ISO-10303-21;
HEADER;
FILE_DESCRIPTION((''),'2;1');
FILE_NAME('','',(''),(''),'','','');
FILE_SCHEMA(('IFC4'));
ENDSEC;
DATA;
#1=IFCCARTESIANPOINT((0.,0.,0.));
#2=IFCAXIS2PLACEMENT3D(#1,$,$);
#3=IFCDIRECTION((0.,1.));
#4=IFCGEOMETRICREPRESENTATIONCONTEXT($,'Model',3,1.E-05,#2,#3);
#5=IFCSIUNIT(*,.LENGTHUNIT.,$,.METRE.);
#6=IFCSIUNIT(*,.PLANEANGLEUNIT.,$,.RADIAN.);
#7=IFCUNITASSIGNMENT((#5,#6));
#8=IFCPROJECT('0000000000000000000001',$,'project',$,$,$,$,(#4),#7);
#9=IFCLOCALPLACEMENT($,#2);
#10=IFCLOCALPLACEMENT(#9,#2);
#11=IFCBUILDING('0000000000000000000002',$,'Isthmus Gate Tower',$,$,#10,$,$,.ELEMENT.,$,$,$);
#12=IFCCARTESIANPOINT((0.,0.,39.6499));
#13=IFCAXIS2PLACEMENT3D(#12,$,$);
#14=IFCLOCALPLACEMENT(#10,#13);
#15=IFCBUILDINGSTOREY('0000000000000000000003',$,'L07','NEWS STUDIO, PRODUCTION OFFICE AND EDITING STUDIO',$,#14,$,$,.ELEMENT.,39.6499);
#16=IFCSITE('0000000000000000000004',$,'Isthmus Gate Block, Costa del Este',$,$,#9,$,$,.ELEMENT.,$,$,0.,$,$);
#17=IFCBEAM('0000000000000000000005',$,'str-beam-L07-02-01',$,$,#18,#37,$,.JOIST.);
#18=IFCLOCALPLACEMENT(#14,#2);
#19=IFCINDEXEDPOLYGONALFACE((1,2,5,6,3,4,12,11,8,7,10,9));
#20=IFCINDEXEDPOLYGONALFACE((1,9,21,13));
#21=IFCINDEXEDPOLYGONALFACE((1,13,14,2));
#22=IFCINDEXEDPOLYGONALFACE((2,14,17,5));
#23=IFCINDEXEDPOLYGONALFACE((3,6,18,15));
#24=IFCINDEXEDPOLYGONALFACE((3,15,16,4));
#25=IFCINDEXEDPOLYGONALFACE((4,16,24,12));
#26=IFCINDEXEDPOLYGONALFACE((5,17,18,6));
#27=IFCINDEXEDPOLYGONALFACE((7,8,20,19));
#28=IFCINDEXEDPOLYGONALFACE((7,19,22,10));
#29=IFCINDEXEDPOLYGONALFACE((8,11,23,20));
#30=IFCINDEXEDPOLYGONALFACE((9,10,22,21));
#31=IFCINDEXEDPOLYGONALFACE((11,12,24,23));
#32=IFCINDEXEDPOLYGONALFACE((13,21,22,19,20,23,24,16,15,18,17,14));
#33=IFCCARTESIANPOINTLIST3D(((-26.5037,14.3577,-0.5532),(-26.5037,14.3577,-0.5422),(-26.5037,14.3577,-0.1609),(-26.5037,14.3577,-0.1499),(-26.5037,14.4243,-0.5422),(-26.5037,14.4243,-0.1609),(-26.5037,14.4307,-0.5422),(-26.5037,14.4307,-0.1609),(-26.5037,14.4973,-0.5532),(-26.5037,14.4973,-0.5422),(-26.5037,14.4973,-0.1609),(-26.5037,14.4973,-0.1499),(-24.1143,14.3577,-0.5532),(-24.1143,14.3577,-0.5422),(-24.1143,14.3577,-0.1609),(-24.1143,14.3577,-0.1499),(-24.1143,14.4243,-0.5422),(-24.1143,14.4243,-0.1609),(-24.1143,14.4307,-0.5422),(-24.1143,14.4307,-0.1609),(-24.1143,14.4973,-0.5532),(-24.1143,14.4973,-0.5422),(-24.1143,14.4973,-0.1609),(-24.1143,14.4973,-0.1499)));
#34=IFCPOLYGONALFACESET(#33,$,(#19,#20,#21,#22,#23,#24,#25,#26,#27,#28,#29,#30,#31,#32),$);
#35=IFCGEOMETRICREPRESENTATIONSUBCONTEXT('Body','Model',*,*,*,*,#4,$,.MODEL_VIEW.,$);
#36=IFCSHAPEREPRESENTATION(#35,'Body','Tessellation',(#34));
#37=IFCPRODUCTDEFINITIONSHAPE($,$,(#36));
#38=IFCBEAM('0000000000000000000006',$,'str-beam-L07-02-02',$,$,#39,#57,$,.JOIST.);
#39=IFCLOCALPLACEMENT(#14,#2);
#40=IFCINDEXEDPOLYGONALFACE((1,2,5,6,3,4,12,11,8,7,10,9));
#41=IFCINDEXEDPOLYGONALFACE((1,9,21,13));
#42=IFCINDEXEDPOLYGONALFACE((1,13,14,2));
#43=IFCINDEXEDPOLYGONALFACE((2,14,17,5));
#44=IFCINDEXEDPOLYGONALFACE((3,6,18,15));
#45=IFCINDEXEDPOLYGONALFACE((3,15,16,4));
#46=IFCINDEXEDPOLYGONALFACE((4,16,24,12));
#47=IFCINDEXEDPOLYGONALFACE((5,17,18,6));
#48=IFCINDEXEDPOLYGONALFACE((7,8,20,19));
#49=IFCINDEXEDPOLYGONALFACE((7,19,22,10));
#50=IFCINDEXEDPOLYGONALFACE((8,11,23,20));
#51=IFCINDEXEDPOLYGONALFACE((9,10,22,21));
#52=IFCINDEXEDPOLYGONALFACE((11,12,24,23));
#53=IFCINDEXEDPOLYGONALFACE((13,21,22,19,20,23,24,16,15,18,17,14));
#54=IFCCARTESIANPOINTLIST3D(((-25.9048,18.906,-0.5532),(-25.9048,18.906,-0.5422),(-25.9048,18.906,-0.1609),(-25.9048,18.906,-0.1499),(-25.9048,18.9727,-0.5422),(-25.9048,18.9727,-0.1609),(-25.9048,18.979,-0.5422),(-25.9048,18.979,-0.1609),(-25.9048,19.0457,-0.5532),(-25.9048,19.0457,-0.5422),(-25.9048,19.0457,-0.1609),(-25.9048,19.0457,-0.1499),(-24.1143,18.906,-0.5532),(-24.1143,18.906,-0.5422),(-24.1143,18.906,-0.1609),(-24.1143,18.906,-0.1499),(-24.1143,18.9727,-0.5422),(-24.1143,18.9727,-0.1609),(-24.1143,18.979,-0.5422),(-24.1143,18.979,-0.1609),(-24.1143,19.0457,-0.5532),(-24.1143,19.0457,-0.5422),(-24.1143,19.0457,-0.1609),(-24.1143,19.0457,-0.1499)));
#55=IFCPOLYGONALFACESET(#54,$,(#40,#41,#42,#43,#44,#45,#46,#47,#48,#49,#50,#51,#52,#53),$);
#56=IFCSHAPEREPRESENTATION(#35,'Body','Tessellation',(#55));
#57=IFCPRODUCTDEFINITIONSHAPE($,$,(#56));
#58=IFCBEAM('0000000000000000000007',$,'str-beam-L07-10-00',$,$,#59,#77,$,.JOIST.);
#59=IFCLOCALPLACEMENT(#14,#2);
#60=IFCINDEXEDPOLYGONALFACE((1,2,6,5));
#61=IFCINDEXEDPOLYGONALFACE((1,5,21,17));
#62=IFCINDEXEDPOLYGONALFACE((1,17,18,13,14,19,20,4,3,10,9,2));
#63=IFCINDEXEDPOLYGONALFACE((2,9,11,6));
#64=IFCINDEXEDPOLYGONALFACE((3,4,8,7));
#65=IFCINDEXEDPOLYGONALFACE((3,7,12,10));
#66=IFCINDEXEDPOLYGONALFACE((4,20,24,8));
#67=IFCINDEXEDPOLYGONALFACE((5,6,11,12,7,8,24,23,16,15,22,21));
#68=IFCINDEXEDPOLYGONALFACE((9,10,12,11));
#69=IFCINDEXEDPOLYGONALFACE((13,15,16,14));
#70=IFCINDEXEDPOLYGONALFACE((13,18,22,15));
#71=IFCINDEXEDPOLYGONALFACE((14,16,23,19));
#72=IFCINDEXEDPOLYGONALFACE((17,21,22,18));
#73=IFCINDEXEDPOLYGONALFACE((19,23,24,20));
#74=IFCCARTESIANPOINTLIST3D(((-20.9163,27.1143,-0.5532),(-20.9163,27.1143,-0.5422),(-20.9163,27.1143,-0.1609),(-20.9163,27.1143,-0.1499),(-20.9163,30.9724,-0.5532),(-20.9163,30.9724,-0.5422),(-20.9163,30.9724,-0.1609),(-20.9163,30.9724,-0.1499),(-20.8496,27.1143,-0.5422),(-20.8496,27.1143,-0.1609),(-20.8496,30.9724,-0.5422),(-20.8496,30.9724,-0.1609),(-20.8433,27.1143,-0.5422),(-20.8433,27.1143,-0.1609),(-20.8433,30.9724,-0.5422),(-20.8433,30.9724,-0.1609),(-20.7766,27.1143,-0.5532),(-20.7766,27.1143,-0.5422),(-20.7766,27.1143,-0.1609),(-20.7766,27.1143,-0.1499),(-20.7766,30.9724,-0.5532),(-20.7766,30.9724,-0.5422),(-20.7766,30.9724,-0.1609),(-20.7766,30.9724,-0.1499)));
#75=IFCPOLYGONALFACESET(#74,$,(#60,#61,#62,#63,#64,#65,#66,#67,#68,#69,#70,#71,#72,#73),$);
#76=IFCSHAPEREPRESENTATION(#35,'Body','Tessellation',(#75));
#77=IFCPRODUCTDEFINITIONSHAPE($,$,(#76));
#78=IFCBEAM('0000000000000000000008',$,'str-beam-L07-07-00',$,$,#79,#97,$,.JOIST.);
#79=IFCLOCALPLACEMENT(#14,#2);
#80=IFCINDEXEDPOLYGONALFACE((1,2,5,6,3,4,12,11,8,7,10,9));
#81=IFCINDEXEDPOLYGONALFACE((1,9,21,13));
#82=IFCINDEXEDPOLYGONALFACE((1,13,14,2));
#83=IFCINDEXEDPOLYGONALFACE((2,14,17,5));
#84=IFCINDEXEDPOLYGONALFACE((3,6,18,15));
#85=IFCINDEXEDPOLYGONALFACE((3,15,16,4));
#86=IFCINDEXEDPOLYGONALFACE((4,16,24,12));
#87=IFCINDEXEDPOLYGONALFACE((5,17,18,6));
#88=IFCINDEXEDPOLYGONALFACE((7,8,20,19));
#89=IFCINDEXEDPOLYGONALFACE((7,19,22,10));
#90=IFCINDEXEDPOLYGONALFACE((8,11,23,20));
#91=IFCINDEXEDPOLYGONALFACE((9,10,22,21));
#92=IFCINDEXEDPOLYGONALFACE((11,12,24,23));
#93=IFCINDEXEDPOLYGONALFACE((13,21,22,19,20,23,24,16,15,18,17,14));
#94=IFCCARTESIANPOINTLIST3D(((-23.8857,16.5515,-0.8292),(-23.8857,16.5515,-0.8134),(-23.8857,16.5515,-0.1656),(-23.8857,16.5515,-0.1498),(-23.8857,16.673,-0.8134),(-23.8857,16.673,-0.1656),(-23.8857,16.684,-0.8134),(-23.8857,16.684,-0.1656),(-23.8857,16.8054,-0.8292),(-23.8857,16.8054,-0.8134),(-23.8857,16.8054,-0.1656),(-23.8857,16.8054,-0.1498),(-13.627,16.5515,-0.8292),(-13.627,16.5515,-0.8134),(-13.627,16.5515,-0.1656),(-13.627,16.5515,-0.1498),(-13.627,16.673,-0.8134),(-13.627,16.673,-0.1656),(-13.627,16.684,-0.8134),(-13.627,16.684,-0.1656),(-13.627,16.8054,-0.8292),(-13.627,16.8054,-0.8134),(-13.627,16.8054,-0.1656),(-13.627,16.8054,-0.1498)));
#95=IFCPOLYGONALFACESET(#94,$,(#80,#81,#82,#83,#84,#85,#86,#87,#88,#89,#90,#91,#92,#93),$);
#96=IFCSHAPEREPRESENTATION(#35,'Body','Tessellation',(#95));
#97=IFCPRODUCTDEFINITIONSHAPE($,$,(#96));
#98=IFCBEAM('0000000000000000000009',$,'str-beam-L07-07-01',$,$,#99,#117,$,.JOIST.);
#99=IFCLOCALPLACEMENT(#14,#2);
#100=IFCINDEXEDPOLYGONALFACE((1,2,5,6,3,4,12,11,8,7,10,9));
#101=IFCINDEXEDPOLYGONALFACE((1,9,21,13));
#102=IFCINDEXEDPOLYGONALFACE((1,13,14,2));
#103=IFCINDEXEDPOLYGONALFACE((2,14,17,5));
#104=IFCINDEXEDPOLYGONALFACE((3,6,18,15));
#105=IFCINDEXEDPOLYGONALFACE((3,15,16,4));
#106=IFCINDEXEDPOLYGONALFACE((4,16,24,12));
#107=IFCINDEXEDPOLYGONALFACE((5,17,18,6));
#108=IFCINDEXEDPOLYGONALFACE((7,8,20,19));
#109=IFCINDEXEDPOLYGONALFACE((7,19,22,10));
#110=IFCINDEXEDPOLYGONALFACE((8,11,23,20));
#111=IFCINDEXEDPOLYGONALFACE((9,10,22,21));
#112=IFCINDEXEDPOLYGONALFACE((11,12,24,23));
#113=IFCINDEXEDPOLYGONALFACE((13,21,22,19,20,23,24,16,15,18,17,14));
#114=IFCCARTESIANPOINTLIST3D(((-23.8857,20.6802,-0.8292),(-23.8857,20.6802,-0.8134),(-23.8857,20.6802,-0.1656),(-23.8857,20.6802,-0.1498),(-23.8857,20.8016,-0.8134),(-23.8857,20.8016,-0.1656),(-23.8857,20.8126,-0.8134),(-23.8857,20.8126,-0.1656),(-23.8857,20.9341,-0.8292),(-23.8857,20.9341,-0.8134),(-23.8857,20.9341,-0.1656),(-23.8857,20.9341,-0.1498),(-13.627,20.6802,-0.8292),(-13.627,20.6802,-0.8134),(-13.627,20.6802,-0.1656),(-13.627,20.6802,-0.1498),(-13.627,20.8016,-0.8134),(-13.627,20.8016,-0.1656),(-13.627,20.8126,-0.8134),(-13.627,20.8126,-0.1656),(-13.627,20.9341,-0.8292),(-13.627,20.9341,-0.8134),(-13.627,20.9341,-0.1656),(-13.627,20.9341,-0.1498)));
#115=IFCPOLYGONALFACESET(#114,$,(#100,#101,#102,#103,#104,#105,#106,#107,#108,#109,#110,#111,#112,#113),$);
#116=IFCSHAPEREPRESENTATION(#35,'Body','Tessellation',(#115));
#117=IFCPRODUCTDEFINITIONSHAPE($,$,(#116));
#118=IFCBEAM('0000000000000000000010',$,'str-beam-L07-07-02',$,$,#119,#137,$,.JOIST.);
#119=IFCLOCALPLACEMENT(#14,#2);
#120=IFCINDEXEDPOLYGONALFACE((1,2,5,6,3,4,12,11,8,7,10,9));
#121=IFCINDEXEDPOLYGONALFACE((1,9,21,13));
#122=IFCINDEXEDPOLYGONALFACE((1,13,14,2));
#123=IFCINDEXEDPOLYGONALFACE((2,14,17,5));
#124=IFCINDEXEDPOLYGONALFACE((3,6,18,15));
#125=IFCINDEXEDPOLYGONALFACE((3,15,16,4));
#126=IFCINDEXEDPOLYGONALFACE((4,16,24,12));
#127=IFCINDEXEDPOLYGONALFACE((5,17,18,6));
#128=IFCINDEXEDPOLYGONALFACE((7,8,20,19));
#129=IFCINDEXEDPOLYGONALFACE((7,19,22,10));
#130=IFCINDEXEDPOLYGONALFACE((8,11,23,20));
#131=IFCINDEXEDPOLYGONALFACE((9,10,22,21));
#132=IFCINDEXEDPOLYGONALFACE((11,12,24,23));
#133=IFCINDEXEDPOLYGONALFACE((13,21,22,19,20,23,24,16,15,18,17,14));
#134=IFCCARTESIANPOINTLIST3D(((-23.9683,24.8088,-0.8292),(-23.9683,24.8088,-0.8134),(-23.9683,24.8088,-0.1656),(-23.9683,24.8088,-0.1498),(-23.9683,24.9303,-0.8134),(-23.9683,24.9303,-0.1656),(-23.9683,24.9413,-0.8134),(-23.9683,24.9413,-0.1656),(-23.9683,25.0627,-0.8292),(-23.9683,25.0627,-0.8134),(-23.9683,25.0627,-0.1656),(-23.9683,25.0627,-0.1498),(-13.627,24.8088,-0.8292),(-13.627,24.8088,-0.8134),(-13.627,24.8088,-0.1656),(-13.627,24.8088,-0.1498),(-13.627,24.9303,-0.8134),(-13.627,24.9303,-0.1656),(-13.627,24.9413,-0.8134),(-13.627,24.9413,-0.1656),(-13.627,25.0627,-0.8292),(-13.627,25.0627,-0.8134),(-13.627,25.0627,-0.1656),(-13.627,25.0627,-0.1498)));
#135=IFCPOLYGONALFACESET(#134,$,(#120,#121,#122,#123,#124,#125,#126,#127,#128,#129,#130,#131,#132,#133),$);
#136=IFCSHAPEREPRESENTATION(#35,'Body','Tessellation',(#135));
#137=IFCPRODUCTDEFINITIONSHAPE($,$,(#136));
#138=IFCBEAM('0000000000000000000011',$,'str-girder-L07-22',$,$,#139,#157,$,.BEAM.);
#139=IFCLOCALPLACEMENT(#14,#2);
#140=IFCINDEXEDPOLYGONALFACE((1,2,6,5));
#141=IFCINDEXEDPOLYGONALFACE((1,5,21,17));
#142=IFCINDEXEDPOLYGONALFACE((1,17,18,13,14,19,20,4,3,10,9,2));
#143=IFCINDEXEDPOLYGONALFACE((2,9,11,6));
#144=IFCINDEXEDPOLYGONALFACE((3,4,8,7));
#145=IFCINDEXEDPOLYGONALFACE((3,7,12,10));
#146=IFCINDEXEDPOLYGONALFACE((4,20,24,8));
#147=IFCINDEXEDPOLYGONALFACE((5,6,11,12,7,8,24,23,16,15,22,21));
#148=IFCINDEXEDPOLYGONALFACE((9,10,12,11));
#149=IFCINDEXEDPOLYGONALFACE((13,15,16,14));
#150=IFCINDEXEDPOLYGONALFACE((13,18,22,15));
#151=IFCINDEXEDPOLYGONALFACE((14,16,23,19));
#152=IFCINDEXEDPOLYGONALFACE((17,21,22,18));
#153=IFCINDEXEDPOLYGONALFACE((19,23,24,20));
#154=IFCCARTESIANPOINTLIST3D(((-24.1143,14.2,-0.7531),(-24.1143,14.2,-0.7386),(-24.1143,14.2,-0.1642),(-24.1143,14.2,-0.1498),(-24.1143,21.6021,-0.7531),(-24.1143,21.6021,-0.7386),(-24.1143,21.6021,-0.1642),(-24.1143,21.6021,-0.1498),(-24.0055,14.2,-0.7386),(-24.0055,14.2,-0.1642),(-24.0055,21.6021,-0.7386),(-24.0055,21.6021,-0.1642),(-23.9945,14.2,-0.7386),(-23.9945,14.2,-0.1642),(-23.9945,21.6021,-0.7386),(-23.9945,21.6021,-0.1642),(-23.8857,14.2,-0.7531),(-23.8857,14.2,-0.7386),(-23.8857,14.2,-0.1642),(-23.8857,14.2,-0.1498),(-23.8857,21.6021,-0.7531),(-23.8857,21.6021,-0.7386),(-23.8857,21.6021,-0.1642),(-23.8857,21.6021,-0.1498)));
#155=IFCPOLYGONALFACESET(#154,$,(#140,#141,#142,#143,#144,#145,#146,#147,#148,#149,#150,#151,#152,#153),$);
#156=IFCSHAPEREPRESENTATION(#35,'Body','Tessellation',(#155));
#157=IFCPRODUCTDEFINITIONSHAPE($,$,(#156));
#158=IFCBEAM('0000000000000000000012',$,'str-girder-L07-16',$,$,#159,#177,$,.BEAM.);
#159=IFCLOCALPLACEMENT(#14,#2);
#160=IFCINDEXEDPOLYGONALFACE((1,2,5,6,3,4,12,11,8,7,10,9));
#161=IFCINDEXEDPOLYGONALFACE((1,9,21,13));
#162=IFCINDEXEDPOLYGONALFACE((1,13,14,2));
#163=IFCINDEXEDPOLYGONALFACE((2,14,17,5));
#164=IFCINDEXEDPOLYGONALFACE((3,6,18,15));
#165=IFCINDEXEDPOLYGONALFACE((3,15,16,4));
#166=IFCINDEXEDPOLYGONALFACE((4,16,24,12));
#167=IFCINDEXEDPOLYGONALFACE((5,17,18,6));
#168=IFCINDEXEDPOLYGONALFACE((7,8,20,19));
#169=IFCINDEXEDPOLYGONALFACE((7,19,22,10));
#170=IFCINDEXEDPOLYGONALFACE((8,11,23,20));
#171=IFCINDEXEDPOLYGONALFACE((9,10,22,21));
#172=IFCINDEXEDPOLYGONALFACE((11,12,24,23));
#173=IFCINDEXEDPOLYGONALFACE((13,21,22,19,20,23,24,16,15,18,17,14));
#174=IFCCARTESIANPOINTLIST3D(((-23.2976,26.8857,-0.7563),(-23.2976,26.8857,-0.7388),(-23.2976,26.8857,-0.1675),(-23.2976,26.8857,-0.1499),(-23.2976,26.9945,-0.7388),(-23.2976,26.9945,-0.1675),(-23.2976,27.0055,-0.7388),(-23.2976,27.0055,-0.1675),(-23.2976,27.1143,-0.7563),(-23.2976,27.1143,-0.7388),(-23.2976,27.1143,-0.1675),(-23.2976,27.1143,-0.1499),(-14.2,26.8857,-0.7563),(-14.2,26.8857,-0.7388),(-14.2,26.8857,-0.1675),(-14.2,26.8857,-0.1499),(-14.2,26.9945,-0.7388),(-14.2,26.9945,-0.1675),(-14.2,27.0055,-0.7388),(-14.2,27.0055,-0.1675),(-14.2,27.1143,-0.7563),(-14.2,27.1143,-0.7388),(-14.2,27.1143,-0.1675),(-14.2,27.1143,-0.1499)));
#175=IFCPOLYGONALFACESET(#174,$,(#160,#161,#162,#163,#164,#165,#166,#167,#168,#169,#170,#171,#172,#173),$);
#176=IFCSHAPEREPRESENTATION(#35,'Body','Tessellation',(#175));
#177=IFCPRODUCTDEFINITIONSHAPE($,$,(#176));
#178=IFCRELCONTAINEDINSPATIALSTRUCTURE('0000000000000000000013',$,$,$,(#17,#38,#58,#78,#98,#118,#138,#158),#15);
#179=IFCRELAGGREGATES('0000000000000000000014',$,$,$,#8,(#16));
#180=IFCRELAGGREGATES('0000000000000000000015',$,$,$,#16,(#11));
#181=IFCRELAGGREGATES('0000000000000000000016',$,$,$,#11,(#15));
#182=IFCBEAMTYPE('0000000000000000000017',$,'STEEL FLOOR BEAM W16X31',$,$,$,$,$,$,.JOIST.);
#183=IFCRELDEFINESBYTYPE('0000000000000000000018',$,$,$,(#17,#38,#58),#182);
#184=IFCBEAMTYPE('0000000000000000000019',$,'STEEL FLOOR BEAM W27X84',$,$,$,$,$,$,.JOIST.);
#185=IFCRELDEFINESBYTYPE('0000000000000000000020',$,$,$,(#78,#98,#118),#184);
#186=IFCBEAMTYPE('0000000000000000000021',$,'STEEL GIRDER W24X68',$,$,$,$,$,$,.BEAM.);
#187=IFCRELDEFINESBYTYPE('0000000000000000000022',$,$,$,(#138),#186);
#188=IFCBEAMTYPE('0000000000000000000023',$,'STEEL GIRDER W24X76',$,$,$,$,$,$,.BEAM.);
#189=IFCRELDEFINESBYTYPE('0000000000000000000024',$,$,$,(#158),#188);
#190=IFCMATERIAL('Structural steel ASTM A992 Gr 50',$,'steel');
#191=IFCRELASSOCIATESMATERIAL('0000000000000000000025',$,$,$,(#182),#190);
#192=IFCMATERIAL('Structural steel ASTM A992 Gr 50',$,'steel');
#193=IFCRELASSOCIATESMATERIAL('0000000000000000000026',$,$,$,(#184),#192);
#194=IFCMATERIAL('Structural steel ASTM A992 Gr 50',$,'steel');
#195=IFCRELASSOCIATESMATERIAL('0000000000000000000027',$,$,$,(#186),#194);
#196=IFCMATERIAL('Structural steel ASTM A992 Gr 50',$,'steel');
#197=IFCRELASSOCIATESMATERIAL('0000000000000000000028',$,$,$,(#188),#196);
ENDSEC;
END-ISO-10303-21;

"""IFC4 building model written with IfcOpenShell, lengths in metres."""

from ifc_helpers import new_model, si_unit, direction, frame, origin, origin_2d, place, context, subcontext, project, spatial, i_section, extrude, material, material_profile, profile_set, type_object, element, save


model = new_model("IFC4")

# Units and contexts
model_context = context("Model", 3, precision=1e-05, world=origin(), true_north=direction((0.0, 1.0)))
body_context = subcontext(model_context, "Body", "Model", "MODEL_VIEW")
ifc_project = project(units=[si_unit("LENGTHUNIT", "METRE"), si_unit("PLANEANGLEUNIT", "RADIAN")], contexts=[model_context])

# Site, building, storey
site_placement = place(None, origin())
site = spatial("IfcSite", under=ifc_project, at=site_placement, Name="Isthmus Gate Block, Costa del Este", CompositionType="ELEMENT", RefElevation=0.0)
building_placement = place(site_placement, origin())
building = spatial("IfcBuilding", under=site, at=building_placement, Name="Isthmus Gate Tower", CompositionType="ELEMENT")
storey_placement = place(building_placement, frame((0.0, 0.0, 39.6499)))
storey = spatial("IfcBuildingStorey", under=building, at=storey_placement, Name="L07", Description="NEWS STUDIO, PRODUCTION OFFICE AND EDITING STUDIO", CompositionType="ELEMENT", Elevation=39.6499)

# Beams
ifc_material_1 = material(Name="Structural steel ASTM A992 Gr 50", Category="steel")
ifc_material_profile_1 = material_profile(ifc_material_1, i_section(OverallWidth=0.1396, OverallDepth=0.4033, WebThickness=0.0063, FlangeThickness=0.011, at=origin_2d()), Name="W16X31")
ifc_profile_set_1 = profile_set([ifc_material_profile_1], Name="Structural steel ASTM A992 Gr 50")
beam_type_1 = type_object("IfcBeamType", Name="STEEL FLOOR BEAM W16X31", PredefinedType="JOIST", material=ifc_profile_set_1)
beam_1_placement = place(storey_placement, frame((-26.5037, 14.4275, -0.3516), z_axis=(1.0, 0.0, 0.0), x_axis=(0.0, 1.0, 0.0)))
element("IfcBeam", 1, at=beam_1_placement, inside=storey, type_object=beam_type_1, Name="str-beam-L07-02-01", PredefinedType="JOIST", context=body_context, shape_type="SweptSolid", body=[
    extrude(i_section(OverallWidth=0.1396, OverallDepth=0.4033, WebThickness=0.0063, FlangeThickness=0.011, at=origin_2d()), origin(), (0.0, 0.0, 1.0), 2.3894),
])
beam_2_placement = place(storey_placement, frame((-25.9048, 18.9758, -0.3516), z_axis=(1.0, 0.0, 0.0), x_axis=(0.0, 1.0, 0.0)))
element("IfcBeam", 2, at=beam_2_placement, inside=storey, type_object=beam_type_1, Name="str-beam-L07-02-02", PredefinedType="JOIST", context=body_context, shape_type="SweptSolid", body=[
    extrude(i_section(OverallWidth=0.1396, OverallDepth=0.4033, WebThickness=0.0063, FlangeThickness=0.011, at=origin_2d()), origin(), (0.0, 0.0, 1.0), 1.7905),
])
beam_3_placement = place(storey_placement, frame((-20.8464, 27.1143, -0.3516), z_axis=(0.0, 1.0, 0.0), x_axis=(-1.0, 0.0, 0.0)))
element("IfcBeam", 3, at=beam_3_placement, inside=storey, type_object=beam_type_1, Name="str-beam-L07-10-00", PredefinedType="JOIST", context=body_context, shape_type="SweptSolid", body=[
    extrude(i_section(OverallWidth=0.1396, OverallDepth=0.4033, WebThickness=0.0063, FlangeThickness=0.011, at=origin_2d()), origin(), (0.0, 0.0, 1.0), 3.8582),
])
ifc_material_2 = material(Name="Structural steel ASTM A992 Gr 50", Category="steel")
ifc_material_profile_2 = material_profile(ifc_material_2, i_section(OverallWidth=0.2539, OverallDepth=0.6794, WebThickness=0.011, FlangeThickness=0.0159, at=origin_2d()), Name="W27X84")
ifc_profile_set_2 = profile_set([ifc_material_profile_2], Name="Structural steel ASTM A992 Gr 50")
beam_type_2 = type_object("IfcBeamType", Name="STEEL FLOOR BEAM W27X84", PredefinedType="JOIST", material=ifc_profile_set_2)
for number, where, z_axis, x_axis, name in (
    (4, (-23.8857, 16.6785, -0.4895), (1.0, 0.0, 0.0), (0.0, 1.0, 0.0), "str-beam-L07-07-00"),
    (5, (-23.8857, 20.8071, -0.4895), (1.0, 0.0, 0.0), (0.0, 1.0, 0.0), "str-beam-L07-07-01"),
):
    element("IfcBeam", number, at=place(storey_placement, frame(where, z_axis=z_axis, x_axis=x_axis)), inside=storey, type_object=beam_type_2, Name=name, PredefinedType="JOIST", context=body_context, shape_type="SweptSolid", body=[
        extrude(i_section(OverallWidth=0.2539, OverallDepth=0.6794, WebThickness=0.011, FlangeThickness=0.0159, at=origin_2d()), origin(), (0.0, 0.0, 1.0), 10.2588),
    ])
beam_4_placement = place(storey_placement, frame((-23.9683, 24.9358, -0.4895), z_axis=(1.0, 0.0, 0.0), x_axis=(0.0, 1.0, 0.0)))
element("IfcBeam", 6, at=beam_4_placement, inside=storey, type_object=beam_type_2, Name="str-beam-L07-07-02", PredefinedType="JOIST", context=body_context, shape_type="SweptSolid", body=[
    extrude(i_section(OverallWidth=0.2539, OverallDepth=0.6794, WebThickness=0.011, FlangeThickness=0.0159, at=origin_2d()), origin(), (0.0, 0.0, 1.0), 10.3413),
])
ifc_material_3 = material(Name="Structural steel ASTM A992 Gr 50", Category="steel")
ifc_material_profile_3 = material_profile(ifc_material_3, i_section(OverallWidth=0.2285, OverallDepth=0.6033, WebThickness=0.011, FlangeThickness=0.0144, at=origin_2d()), Name="W24X68")
ifc_profile_set_3 = profile_set([ifc_material_profile_3], Name="Structural steel ASTM A992 Gr 50")
beam_type_3 = type_object("IfcBeamType", Name="STEEL GIRDER W24X68", PredefinedType="BEAM", material=ifc_profile_set_3)
beam_5_placement = place(storey_placement, frame((-24.0, 14.2, -0.4514), z_axis=(0.0, 1.0, 0.0), x_axis=(-1.0, 0.0, 0.0)))
element("IfcBeam", 7, at=beam_5_placement, inside=storey, type_object=beam_type_3, Name="str-girder-L07-22", PredefinedType="BEAM", context=body_context, shape_type="SweptSolid", body=[
    extrude(i_section(OverallWidth=0.2285, OverallDepth=0.6033, WebThickness=0.011, FlangeThickness=0.0144, at=origin_2d()), origin(), (0.0, 0.0, 1.0), 7.4021),
])
ifc_material_4 = material(Name="Structural steel ASTM A992 Gr 50", Category="steel")
ifc_material_profile_4 = material_profile(ifc_material_4, i_section(OverallWidth=0.2285, OverallDepth=0.6064, WebThickness=0.011, FlangeThickness=0.0176, at=origin_2d()), Name="W24X76")
ifc_profile_set_4 = profile_set([ifc_material_profile_4], Name="Structural steel ASTM A992 Gr 50")
beam_type_4 = type_object("IfcBeamType", Name="STEEL GIRDER W24X76", PredefinedType="BEAM", material=ifc_profile_set_4)
beam_6_placement = place(storey_placement, frame((-23.2976, 27.0, -0.4531), z_axis=(1.0, 0.0, 0.0), x_axis=(0.0, 1.0, 0.0)))
element("IfcBeam", 8, at=beam_6_placement, inside=storey, type_object=beam_type_4, Name="str-girder-L07-16", PredefinedType="BEAM", context=body_context, shape_type="SweptSolid", body=[
    extrude(i_section(OverallWidth=0.2285, OverallDepth=0.6064, WebThickness=0.011, FlangeThickness=0.0176, at=origin_2d()), origin(), (0.0, 0.0, 1.0), 9.0977),
])

save(model, "model.ifc")
